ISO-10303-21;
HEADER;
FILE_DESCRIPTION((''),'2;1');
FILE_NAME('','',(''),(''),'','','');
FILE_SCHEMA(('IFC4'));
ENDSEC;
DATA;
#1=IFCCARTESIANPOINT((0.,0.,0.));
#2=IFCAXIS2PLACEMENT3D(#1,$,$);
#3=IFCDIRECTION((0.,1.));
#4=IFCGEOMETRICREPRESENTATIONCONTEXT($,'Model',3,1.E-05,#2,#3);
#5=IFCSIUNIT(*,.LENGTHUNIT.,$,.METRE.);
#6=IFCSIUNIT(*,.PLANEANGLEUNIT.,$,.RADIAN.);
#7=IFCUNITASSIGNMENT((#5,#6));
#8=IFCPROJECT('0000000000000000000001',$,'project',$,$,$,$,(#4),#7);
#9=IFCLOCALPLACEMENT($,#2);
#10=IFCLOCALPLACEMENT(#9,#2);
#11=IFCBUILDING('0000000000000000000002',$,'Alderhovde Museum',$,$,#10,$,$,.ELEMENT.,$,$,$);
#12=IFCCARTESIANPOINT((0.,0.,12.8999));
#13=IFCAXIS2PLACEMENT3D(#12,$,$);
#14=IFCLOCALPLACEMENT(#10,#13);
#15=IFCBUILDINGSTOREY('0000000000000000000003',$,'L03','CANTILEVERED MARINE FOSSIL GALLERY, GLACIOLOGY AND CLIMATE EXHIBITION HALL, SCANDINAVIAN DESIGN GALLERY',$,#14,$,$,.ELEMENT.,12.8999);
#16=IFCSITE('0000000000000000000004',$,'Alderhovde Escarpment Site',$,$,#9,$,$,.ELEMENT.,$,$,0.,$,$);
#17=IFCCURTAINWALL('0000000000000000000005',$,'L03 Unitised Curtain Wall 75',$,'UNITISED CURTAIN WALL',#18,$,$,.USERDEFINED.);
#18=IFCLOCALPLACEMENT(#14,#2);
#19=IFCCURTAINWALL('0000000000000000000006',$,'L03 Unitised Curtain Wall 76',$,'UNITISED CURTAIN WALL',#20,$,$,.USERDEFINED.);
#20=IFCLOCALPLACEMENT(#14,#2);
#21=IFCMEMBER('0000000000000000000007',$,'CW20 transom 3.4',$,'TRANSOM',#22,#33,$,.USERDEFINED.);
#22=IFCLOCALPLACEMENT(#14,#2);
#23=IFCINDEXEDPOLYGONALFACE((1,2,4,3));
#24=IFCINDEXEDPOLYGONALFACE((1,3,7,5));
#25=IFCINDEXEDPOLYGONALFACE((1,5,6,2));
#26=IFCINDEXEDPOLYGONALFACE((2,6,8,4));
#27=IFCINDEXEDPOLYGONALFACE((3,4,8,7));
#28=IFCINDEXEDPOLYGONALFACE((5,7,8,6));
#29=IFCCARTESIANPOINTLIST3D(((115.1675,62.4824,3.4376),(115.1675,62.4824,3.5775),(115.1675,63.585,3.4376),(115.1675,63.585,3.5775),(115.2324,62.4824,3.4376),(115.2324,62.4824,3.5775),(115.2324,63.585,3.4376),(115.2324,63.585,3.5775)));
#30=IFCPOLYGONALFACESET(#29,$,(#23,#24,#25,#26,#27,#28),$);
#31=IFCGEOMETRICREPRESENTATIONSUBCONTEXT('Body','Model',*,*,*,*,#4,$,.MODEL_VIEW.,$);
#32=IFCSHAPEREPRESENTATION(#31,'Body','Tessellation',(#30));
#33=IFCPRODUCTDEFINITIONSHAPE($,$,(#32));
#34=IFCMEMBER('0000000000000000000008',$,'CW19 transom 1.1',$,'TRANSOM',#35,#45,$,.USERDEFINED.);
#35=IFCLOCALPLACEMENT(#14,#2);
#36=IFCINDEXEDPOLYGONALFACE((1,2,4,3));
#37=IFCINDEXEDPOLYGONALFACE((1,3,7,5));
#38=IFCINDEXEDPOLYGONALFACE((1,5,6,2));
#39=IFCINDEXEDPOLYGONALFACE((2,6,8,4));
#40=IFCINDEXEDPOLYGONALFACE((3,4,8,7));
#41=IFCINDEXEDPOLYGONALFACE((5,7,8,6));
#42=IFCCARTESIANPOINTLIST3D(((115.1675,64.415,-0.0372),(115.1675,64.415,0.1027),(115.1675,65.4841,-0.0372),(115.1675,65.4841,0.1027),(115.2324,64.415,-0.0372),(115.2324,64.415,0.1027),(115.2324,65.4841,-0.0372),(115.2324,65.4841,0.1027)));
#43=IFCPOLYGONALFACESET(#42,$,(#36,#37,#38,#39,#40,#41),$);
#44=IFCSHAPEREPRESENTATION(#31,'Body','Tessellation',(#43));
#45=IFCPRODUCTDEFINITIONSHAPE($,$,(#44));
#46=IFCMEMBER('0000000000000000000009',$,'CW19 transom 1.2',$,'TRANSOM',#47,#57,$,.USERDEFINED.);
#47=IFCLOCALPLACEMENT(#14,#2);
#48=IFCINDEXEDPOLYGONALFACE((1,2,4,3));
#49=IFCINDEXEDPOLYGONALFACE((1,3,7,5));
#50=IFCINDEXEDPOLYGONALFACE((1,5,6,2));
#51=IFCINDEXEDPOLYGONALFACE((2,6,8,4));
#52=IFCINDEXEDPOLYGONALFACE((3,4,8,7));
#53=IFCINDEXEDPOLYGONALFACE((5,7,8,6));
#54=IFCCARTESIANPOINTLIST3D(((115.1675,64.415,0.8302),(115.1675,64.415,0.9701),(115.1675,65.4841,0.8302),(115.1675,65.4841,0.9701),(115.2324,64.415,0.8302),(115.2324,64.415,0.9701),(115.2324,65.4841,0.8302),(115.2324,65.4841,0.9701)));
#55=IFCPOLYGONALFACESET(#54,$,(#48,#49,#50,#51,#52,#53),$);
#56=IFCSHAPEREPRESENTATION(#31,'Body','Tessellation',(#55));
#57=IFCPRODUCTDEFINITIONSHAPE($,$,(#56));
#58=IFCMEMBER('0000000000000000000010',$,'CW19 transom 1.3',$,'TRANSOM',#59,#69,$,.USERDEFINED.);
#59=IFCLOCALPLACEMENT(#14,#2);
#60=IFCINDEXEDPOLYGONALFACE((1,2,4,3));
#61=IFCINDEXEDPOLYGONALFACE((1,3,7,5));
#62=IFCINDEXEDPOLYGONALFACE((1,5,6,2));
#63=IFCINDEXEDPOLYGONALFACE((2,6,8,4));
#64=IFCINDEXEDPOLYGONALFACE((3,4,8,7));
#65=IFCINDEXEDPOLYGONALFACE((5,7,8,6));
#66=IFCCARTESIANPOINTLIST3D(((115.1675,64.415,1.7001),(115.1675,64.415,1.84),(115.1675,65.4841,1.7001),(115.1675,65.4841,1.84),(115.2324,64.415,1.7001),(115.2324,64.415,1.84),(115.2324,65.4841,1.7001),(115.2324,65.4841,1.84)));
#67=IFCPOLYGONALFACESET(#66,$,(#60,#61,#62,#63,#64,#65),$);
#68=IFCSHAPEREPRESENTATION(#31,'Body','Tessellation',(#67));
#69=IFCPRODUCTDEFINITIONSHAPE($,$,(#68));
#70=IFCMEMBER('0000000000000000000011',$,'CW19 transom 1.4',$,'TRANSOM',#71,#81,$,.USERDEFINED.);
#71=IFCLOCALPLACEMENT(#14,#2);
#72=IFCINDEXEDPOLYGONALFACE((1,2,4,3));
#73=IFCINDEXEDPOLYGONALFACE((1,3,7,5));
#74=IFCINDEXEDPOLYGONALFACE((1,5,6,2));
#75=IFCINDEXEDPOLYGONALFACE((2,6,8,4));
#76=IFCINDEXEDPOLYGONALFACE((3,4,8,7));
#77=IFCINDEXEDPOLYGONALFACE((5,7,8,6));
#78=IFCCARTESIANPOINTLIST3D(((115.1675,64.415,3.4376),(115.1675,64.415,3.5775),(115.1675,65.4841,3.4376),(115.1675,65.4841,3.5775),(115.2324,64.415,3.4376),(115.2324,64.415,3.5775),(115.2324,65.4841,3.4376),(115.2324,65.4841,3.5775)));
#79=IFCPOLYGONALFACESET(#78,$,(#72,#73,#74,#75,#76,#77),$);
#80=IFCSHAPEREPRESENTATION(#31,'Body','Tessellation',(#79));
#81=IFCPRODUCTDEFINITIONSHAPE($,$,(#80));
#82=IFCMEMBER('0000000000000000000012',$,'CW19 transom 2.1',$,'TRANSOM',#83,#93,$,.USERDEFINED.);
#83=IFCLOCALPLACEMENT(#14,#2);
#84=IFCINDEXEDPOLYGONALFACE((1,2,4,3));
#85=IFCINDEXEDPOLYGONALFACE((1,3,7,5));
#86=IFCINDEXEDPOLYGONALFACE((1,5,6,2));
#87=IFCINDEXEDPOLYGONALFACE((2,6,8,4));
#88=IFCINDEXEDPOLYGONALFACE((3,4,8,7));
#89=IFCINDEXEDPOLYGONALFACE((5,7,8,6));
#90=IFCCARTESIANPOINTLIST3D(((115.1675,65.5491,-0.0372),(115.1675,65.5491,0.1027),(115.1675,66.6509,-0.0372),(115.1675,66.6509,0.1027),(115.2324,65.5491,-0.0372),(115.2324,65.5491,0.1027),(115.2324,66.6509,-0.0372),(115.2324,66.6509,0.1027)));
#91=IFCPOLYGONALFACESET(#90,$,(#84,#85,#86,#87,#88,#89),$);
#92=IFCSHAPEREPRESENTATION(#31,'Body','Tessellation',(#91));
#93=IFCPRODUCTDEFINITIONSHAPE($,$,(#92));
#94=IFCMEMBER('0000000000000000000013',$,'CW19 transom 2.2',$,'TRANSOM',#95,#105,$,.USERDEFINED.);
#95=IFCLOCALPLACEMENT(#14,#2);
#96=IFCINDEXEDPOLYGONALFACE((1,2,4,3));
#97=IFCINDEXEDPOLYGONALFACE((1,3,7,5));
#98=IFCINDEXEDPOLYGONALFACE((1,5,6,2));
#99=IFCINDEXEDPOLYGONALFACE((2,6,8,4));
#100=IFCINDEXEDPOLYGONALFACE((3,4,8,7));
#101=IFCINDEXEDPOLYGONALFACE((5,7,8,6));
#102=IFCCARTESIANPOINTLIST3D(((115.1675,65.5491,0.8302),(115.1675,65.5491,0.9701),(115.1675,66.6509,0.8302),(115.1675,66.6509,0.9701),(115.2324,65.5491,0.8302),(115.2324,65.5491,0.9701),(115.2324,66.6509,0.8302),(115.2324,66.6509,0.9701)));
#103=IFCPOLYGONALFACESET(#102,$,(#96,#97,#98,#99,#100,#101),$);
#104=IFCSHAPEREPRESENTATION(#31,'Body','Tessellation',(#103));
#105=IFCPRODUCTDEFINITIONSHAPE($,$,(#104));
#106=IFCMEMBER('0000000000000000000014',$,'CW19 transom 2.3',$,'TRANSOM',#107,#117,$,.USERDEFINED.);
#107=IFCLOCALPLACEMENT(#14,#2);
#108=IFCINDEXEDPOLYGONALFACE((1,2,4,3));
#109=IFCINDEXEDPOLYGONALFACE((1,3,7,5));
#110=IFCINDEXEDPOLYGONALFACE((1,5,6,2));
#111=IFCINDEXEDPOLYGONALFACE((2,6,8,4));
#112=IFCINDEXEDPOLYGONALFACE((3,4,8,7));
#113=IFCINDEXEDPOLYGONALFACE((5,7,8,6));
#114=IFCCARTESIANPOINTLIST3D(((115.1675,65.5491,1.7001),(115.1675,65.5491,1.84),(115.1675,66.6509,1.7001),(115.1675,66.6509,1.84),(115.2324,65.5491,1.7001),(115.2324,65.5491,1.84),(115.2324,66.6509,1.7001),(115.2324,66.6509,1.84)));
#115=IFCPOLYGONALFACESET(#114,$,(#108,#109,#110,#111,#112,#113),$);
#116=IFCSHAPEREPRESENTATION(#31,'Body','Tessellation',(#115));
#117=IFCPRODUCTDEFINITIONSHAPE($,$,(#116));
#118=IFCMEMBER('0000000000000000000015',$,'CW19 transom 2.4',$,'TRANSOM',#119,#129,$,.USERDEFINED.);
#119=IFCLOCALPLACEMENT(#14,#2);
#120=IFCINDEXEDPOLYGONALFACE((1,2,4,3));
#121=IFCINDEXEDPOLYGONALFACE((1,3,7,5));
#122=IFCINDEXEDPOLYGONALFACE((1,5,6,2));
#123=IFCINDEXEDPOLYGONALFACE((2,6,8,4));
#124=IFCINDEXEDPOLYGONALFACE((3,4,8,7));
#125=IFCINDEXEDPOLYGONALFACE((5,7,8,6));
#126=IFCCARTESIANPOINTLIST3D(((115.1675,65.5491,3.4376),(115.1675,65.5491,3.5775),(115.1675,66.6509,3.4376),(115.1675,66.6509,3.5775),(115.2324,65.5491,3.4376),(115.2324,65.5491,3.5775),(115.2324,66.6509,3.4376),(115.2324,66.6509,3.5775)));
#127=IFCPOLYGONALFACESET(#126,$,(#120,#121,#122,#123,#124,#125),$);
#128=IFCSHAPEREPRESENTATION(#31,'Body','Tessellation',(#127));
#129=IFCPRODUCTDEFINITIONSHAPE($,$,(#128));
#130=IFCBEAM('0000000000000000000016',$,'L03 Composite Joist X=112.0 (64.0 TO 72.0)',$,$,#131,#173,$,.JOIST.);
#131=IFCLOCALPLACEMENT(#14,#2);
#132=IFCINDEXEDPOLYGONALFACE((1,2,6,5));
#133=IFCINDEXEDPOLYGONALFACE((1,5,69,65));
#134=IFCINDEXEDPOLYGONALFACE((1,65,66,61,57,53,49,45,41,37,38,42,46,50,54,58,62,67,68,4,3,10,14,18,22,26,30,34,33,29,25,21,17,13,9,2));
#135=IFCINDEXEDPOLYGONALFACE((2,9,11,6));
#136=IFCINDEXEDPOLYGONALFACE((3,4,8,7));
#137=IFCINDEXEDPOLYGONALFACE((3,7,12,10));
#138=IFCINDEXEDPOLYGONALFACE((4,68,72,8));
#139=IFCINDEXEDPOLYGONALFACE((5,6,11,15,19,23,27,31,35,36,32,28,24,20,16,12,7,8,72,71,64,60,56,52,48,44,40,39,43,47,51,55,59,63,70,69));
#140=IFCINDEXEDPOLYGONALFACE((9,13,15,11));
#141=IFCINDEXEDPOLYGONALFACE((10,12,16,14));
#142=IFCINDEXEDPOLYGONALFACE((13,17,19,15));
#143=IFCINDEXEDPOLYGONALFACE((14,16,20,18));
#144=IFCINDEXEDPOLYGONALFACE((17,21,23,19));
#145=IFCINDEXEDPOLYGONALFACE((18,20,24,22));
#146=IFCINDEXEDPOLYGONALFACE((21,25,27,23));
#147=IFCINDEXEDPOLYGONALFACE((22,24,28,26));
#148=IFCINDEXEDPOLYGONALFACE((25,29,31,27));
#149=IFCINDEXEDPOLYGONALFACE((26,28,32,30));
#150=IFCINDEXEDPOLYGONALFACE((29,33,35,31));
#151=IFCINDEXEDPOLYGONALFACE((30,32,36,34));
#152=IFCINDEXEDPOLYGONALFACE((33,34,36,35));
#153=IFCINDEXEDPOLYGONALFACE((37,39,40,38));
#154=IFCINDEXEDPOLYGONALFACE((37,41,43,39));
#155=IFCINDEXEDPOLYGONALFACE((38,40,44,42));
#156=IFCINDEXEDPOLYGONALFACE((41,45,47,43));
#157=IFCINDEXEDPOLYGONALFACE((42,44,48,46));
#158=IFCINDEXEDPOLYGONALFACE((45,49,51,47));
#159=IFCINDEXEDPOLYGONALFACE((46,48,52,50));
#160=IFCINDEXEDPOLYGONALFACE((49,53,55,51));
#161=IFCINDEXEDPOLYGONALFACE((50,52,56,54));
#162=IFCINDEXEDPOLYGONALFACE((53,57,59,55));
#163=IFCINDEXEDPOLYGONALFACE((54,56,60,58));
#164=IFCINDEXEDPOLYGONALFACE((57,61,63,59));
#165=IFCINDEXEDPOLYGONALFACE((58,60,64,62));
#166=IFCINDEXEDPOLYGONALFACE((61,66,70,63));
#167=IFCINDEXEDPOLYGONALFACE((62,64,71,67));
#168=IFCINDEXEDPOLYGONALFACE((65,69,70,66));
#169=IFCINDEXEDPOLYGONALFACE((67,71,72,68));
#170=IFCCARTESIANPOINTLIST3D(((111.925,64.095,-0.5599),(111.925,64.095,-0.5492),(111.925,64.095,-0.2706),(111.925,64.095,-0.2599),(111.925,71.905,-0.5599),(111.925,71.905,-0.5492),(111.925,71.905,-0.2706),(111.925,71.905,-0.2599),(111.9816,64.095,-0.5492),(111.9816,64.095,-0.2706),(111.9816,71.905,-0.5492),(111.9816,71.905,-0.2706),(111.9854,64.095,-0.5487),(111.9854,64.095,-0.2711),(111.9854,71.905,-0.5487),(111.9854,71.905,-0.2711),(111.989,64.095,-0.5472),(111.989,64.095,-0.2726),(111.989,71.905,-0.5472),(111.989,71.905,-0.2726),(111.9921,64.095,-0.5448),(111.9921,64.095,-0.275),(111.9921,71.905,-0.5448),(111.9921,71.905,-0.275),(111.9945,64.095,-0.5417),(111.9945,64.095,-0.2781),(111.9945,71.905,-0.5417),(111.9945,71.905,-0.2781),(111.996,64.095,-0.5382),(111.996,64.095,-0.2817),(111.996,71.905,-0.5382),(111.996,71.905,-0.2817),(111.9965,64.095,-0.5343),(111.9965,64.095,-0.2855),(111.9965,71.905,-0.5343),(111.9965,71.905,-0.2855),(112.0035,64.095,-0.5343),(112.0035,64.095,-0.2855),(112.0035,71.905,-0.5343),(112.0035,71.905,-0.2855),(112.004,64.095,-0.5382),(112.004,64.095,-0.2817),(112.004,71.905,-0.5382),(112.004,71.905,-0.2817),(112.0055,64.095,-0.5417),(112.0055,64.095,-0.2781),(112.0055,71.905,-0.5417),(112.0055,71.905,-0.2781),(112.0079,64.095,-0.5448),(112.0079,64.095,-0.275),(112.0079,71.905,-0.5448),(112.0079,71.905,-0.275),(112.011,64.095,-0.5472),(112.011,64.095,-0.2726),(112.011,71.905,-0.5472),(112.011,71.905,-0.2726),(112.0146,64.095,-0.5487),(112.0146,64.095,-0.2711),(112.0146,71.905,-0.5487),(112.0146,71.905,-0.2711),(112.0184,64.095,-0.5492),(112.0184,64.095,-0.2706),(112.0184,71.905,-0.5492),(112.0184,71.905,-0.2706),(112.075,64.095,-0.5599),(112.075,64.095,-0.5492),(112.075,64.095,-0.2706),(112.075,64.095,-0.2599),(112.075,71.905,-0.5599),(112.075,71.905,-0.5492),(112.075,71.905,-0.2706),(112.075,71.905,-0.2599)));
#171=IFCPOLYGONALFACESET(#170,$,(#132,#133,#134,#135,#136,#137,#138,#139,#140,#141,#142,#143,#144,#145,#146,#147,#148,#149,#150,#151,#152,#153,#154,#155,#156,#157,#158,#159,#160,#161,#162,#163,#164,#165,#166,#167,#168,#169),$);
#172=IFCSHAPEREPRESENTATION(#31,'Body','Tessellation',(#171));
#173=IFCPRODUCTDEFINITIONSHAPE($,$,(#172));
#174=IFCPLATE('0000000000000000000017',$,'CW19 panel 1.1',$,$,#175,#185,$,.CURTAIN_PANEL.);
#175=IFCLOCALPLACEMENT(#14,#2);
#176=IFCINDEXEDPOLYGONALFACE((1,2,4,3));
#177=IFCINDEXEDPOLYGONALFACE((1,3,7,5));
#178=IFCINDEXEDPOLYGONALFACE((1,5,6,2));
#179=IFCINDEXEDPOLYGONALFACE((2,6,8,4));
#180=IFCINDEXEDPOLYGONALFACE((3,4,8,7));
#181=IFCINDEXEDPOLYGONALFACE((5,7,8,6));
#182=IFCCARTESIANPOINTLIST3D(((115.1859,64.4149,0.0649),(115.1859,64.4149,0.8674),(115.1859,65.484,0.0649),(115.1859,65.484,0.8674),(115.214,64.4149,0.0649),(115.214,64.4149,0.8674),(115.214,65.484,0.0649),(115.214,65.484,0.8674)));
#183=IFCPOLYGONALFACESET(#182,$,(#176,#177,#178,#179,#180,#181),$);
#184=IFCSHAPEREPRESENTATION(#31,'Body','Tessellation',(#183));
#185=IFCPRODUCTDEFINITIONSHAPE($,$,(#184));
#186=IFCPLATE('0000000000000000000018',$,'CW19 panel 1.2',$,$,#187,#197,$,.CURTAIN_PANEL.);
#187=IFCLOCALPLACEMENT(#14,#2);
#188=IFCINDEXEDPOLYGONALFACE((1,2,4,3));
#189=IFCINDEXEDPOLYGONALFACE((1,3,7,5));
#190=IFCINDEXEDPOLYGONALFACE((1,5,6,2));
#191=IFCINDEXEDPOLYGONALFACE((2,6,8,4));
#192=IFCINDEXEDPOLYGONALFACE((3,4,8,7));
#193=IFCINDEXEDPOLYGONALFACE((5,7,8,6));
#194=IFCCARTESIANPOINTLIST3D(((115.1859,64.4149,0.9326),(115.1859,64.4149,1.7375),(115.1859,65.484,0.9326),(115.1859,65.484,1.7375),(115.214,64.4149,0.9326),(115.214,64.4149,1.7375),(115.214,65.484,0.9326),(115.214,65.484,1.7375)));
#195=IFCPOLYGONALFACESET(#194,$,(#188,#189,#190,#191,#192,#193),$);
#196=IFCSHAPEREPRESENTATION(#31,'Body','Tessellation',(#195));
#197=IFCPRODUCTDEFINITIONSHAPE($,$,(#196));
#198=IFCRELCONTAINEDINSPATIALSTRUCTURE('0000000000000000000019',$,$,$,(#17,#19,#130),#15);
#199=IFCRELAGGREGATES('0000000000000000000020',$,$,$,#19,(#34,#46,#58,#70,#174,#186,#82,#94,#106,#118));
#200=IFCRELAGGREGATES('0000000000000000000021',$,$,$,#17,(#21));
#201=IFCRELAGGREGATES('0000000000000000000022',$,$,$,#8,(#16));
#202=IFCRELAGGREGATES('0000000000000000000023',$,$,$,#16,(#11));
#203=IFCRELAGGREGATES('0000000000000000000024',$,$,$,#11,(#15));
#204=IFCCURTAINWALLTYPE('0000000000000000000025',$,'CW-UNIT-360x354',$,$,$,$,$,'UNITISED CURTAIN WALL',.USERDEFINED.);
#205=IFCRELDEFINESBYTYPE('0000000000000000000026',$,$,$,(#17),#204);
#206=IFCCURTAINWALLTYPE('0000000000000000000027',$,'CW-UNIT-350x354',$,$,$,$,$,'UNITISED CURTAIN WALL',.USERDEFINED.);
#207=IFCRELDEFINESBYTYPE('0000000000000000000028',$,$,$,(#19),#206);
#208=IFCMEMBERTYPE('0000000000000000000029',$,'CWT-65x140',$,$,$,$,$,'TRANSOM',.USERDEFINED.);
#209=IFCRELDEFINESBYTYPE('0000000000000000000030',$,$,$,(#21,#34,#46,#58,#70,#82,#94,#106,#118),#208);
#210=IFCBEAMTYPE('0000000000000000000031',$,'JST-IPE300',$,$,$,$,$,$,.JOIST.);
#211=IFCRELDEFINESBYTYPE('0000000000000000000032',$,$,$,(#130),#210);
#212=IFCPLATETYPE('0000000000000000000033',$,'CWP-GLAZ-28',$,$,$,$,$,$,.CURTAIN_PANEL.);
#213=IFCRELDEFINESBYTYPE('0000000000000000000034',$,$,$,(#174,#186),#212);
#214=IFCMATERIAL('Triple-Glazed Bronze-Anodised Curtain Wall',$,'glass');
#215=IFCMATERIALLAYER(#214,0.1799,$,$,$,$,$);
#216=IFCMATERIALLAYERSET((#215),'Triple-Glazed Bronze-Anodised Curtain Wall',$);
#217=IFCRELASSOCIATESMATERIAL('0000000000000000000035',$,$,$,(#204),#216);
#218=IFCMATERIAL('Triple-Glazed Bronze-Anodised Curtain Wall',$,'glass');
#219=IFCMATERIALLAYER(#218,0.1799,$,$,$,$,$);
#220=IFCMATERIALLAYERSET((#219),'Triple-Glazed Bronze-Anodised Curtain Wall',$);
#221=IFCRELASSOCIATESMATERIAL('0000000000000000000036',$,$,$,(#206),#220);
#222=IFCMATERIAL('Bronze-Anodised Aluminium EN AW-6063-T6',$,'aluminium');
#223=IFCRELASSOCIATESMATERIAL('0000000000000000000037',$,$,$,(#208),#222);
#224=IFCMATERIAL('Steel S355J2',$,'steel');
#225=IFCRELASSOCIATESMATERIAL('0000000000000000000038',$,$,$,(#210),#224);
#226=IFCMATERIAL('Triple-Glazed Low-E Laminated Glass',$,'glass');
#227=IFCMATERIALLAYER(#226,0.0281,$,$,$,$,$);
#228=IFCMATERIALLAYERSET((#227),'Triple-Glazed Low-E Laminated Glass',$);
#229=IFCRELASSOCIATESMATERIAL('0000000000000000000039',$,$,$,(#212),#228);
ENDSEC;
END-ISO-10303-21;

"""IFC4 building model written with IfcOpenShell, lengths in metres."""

from ifc_helpers import new_model, si_unit, direction, frame, origin, origin_2d, place, context, subcontext, project, spatial, rectangle, i_section, extrude, material, layer, layer_set, material_profile, profile_set, type_object, element, aggregate, save


model = new_model("IFC4")

# Units and contexts
model_context = context("Model", 3, precision=1e-05, world=origin(), true_north=direction((0.0, 1.0)))
body_context = subcontext(model_context, "Body", "Model", "MODEL_VIEW")
ifc_project = project(units=[si_unit("LENGTHUNIT", "METRE"), si_unit("PLANEANGLEUNIT", "RADIAN")], contexts=[model_context])

# Site, building, storey
site_placement = place(None, origin())
site = spatial("IfcSite", under=ifc_project, at=site_placement, Name="Alderhovde Escarpment Site", CompositionType="ELEMENT", RefElevation=0.0)
building_placement = place(site_placement, origin())
building = spatial("IfcBuilding", under=site, at=building_placement, Name="Alderhovde Museum", CompositionType="ELEMENT")
storey_placement = place(building_placement, frame((0.0, 0.0, 12.8999)))
storey = spatial("IfcBuildingStorey", under=building, at=storey_placement, Name="L03", Description="CANTILEVERED MARINE FOSSIL GALLERY, GLACIOLOGY AND CLIMATE EXHIBITION HALL, SCANDINAVIAN DESIGN GALLERY", CompositionType="ELEMENT", Elevation=12.8999)

# Curtain walls
ifc_material_1 = material(Name="Triple-Glazed Bronze-Anodised Curtain Wall", Category="glass")
ifc_layer_1 = layer(ifc_material_1, 0.1799)
ifc_layer_set_1 = layer_set([ifc_layer_1], Name="Triple-Glazed Bronze-Anodised Curtain Wall")
curtain_wall_type_1 = type_object("IfcCurtainWallType", Name="CW-UNIT-360x354", ElementType="UNITISED CURTAIN WALL", PredefinedType="USERDEFINED", material=ifc_layer_set_1)
curtain_wall_1_placement = place(storey_placement, origin())
curtain_wall_1 = element("IfcCurtainWall", 1, at=curtain_wall_1_placement, inside=storey, type_object=curtain_wall_type_1, Name="L03 Unitised Curtain Wall 75", ObjectType="UNITISED CURTAIN WALL", PredefinedType="USERDEFINED")
ifc_material_2 = material(Name="Triple-Glazed Bronze-Anodised Curtain Wall", Category="glass")
ifc_layer_2 = layer(ifc_material_2, 0.1799)
ifc_layer_set_2 = layer_set([ifc_layer_2], Name="Triple-Glazed Bronze-Anodised Curtain Wall")
curtain_wall_type_2 = type_object("IfcCurtainWallType", Name="CW-UNIT-350x354", ElementType="UNITISED CURTAIN WALL", PredefinedType="USERDEFINED", material=ifc_layer_set_2)
curtain_wall_2_placement = place(storey_placement, origin())
curtain_wall_2 = element("IfcCurtainWall", 2, at=curtain_wall_2_placement, inside=storey, type_object=curtain_wall_type_2, Name="L03 Unitised Curtain Wall 76", ObjectType="UNITISED CURTAIN WALL", PredefinedType="USERDEFINED")

# Members
ifc_material_3 = material(Name="Bronze-Anodised Aluminium EN AW-6063-T6", Category="aluminium")
ifc_material_profile_1 = material_profile(ifc_material_3, rectangle(XDim=0.0649, YDim=0.1399, at=origin_2d()), Name="TRANSOM 65x140")
ifc_profile_set_1 = profile_set([ifc_material_profile_1], Name="Bronze-Anodised Aluminium EN AW-6063-T6")
member_type_1 = type_object("IfcMemberType", Name="CWT-65x140", ElementType="TRANSOM", PredefinedType="USERDEFINED", material=ifc_profile_set_1)
member_1_placement = place(storey_placement, frame((115.2, 62.4824, 3.5076), z_axis=(0.0, 1.0, 0.0), x_axis=(-1.0, 0.0, 0.0)))
member_1 = element("IfcMember", 3, at=member_1_placement, type_object=member_type_1, Name="CW20 transom 3.4", ObjectType="TRANSOM", PredefinedType="USERDEFINED", context=body_context, shape_type="SweptSolid", body=[
    extrude(rectangle(XDim=0.0649, YDim=0.1399, at=origin_2d()), origin(), (0.0, 0.0, 1.0), 1.1025),
])
member_2_placement = place(storey_placement, frame((115.2, 64.415, 0.0327), z_axis=(0.0, 1.0, 0.0), x_axis=(-1.0, 0.0, 0.0)))
member_2 = element("IfcMember", 4, at=member_2_placement, type_object=member_type_1, Name="CW19 transom 1.1", ObjectType="TRANSOM", PredefinedType="USERDEFINED", context=body_context, shape_type="SweptSolid", body=[
    extrude(rectangle(XDim=0.0649, YDim=0.1399, at=origin_2d()), origin(), (0.0, 0.0, 1.0), 1.0691),
])
member_3_placement = place(storey_placement, frame((115.2, 64.415, 0.9001), z_axis=(0.0, 1.0, 0.0), x_axis=(-1.0, 0.0, 0.0)))
member_3 = element("IfcMember", 5, at=member_3_placement, type_object=member_type_1, Name="CW19 transom 1.2", ObjectType="TRANSOM", PredefinedType="USERDEFINED", context=body_context, shape_type="SweptSolid", body=[
    extrude(rectangle(XDim=0.0649, YDim=0.1399, at=origin_2d()), origin(), (0.0, 0.0, 1.0), 1.0691),
])
member_4_placement = place(storey_placement, frame((115.2, 64.415, 1.77), z_axis=(0.0, 1.0, 0.0), x_axis=(-1.0, 0.0, 0.0)))
member_4 = element("IfcMember", 6, at=member_4_placement, type_object=member_type_1, Name="CW19 transom 1.3", ObjectType="TRANSOM", PredefinedType="USERDEFINED", context=body_context, shape_type="SweptSolid", body=[
    extrude(rectangle(XDim=0.0649, YDim=0.1399, at=origin_2d()), origin(), (0.0, 0.0, 1.0), 1.0691),
])
member_5_placement = place(storey_placement, frame((115.2, 64.415, 3.5076), z_axis=(0.0, 1.0, 0.0), x_axis=(-1.0, 0.0, 0.0)))
member_5 = element("IfcMember", 7, at=member_5_placement, type_object=member_type_1, Name="CW19 transom 1.4", ObjectType="TRANSOM", PredefinedType="USERDEFINED", context=body_context, shape_type="SweptSolid", body=[
    extrude(rectangle(XDim=0.0649, YDim=0.1399, at=origin_2d()), origin(), (0.0, 0.0, 1.0), 1.0691),
])
member_6_placement = place(storey_placement, frame((115.2, 65.5491, 0.0327), z_axis=(0.0, 1.0, 0.0), x_axis=(-1.0, 0.0, 0.0)))
member_6 = element("IfcMember", 8, at=member_6_placement, type_object=member_type_1, Name="CW19 transom 2.1", ObjectType="TRANSOM", PredefinedType="USERDEFINED", context=body_context, shape_type="SweptSolid", body=[
    extrude(rectangle(XDim=0.0649, YDim=0.1399, at=origin_2d()), origin(), (0.0, 0.0, 1.0), 1.1018),
])
member_7_placement = place(storey_placement, frame((115.2, 65.5491, 0.9001), z_axis=(0.0, 1.0, 0.0), x_axis=(-1.0, 0.0, 0.0)))
member_7 = element("IfcMember", 9, at=member_7_placement, type_object=member_type_1, Name="CW19 transom 2.2", ObjectType="TRANSOM", PredefinedType="USERDEFINED", context=body_context, shape_type="SweptSolid", body=[
    extrude(rectangle(XDim=0.0649, YDim=0.1399, at=origin_2d()), origin(), (0.0, 0.0, 1.0), 1.1018),
])
member_8_placement = place(storey_placement, frame((115.2, 65.5491, 1.77), z_axis=(0.0, 1.0, 0.0), x_axis=(-1.0, 0.0, 0.0)))
member_8 = element("IfcMember", 10, at=member_8_placement, type_object=member_type_1, Name="CW19 transom 2.3", ObjectType="TRANSOM", PredefinedType="USERDEFINED", context=body_context, shape_type="SweptSolid", body=[
    extrude(rectangle(XDim=0.0649, YDim=0.1399, at=origin_2d()), origin(), (0.0, 0.0, 1.0), 1.1018),
])
member_9_placement = place(storey_placement, frame((115.2, 65.5491, 3.5076), z_axis=(0.0, 1.0, 0.0), x_axis=(-1.0, 0.0, 0.0)))
member_9 = element("IfcMember", 11, at=member_9_placement, type_object=member_type_1, Name="CW19 transom 2.4", ObjectType="TRANSOM", PredefinedType="USERDEFINED", context=body_context, shape_type="SweptSolid", body=[
    extrude(rectangle(XDim=0.0649, YDim=0.1399, at=origin_2d()), origin(), (0.0, 0.0, 1.0), 1.1018),
])

# Beam
ifc_material_4 = material(Name="Steel S355J2", Category="steel")
ifc_material_profile_2 = material_profile(ifc_material_4, i_section(OverallWidth=0.1499, OverallDepth=0.3, WebThickness=0.0071, FlangeThickness=0.0107, FilletRadius=0.0149, at=origin_2d()), Name="IPE 300")
ifc_profile_set_2 = profile_set([ifc_material_profile_2], Name="Steel S355J2")
beam_type_1 = type_object("IfcBeamType", Name="JST-IPE300", PredefinedType="JOIST", material=ifc_profile_set_2)
beam_1_placement = place(storey_placement, frame((112.0, 64.095, -0.4099), z_axis=(0.0, 1.0, 0.0), x_axis=(-1.0, 0.0, 0.0)))
element("IfcBeam", 12, at=beam_1_placement, inside=storey, type_object=beam_type_1, Name="L03 Composite Joist X=112.0 (64.0 TO 72.0)", PredefinedType="JOIST", context=body_context, shape_type="SweptSolid", body=[
    extrude(i_section(OverallWidth=0.1499, OverallDepth=0.3, WebThickness=0.0071, FlangeThickness=0.0107, FilletRadius=0.0149, at=origin_2d()), origin(), (0.0, 0.0, 1.0), 7.8101),
])

# Plates
ifc_material_5 = material(Name="Triple-Glazed Low-E Laminated Glass", Category="glass")
ifc_layer_3 = layer(ifc_material_5, 0.0281)
ifc_layer_set_3 = layer_set([ifc_layer_3], Name="Triple-Glazed Low-E Laminated Glass")
plate_type_1 = type_object("IfcPlateType", Name="CWP-GLAZ-28", PredefinedType="CURTAIN_PANEL", material=ifc_layer_set_3)
plate_1_placement = place(storey_placement, frame((115.2, 64.9495, 0.0649), z_axis=(0.0, 0.0, 1.0), x_axis=(0.0, 1.0, 0.0)))
plate_1 = element("IfcPlate", 13, at=plate_1_placement, type_object=plate_type_1, Name="CW19 panel 1.1", PredefinedType="CURTAIN_PANEL", context=body_context, shape_type="SweptSolid", body=[
    extrude(rectangle(XDim=1.0691, YDim=0.0281, at=origin_2d()), origin(), (0.0, 0.0, 1.0), 0.8025),
])
plate_2_placement = place(storey_placement, frame((115.2, 64.9495, 0.9326), z_axis=(0.0, 0.0, 1.0), x_axis=(0.0, 1.0, 0.0)))
plate_2 = element("IfcPlate", 14, at=plate_2_placement, type_object=plate_type_1, Name="CW19 panel 1.2", PredefinedType="CURTAIN_PANEL", context=body_context, shape_type="SweptSolid", body=[
    extrude(rectangle(XDim=1.0691, YDim=0.0281, at=origin_2d()), origin(), (0.0, 0.0, 1.0), 0.8049),
])
aggregate(curtain_wall_2, [member_2, member_3, member_4, member_5, plate_1, plate_2, member_6, member_7, member_8, member_9])
aggregate(curtain_wall_1, [member_1])

save(model, "model.ifc")
